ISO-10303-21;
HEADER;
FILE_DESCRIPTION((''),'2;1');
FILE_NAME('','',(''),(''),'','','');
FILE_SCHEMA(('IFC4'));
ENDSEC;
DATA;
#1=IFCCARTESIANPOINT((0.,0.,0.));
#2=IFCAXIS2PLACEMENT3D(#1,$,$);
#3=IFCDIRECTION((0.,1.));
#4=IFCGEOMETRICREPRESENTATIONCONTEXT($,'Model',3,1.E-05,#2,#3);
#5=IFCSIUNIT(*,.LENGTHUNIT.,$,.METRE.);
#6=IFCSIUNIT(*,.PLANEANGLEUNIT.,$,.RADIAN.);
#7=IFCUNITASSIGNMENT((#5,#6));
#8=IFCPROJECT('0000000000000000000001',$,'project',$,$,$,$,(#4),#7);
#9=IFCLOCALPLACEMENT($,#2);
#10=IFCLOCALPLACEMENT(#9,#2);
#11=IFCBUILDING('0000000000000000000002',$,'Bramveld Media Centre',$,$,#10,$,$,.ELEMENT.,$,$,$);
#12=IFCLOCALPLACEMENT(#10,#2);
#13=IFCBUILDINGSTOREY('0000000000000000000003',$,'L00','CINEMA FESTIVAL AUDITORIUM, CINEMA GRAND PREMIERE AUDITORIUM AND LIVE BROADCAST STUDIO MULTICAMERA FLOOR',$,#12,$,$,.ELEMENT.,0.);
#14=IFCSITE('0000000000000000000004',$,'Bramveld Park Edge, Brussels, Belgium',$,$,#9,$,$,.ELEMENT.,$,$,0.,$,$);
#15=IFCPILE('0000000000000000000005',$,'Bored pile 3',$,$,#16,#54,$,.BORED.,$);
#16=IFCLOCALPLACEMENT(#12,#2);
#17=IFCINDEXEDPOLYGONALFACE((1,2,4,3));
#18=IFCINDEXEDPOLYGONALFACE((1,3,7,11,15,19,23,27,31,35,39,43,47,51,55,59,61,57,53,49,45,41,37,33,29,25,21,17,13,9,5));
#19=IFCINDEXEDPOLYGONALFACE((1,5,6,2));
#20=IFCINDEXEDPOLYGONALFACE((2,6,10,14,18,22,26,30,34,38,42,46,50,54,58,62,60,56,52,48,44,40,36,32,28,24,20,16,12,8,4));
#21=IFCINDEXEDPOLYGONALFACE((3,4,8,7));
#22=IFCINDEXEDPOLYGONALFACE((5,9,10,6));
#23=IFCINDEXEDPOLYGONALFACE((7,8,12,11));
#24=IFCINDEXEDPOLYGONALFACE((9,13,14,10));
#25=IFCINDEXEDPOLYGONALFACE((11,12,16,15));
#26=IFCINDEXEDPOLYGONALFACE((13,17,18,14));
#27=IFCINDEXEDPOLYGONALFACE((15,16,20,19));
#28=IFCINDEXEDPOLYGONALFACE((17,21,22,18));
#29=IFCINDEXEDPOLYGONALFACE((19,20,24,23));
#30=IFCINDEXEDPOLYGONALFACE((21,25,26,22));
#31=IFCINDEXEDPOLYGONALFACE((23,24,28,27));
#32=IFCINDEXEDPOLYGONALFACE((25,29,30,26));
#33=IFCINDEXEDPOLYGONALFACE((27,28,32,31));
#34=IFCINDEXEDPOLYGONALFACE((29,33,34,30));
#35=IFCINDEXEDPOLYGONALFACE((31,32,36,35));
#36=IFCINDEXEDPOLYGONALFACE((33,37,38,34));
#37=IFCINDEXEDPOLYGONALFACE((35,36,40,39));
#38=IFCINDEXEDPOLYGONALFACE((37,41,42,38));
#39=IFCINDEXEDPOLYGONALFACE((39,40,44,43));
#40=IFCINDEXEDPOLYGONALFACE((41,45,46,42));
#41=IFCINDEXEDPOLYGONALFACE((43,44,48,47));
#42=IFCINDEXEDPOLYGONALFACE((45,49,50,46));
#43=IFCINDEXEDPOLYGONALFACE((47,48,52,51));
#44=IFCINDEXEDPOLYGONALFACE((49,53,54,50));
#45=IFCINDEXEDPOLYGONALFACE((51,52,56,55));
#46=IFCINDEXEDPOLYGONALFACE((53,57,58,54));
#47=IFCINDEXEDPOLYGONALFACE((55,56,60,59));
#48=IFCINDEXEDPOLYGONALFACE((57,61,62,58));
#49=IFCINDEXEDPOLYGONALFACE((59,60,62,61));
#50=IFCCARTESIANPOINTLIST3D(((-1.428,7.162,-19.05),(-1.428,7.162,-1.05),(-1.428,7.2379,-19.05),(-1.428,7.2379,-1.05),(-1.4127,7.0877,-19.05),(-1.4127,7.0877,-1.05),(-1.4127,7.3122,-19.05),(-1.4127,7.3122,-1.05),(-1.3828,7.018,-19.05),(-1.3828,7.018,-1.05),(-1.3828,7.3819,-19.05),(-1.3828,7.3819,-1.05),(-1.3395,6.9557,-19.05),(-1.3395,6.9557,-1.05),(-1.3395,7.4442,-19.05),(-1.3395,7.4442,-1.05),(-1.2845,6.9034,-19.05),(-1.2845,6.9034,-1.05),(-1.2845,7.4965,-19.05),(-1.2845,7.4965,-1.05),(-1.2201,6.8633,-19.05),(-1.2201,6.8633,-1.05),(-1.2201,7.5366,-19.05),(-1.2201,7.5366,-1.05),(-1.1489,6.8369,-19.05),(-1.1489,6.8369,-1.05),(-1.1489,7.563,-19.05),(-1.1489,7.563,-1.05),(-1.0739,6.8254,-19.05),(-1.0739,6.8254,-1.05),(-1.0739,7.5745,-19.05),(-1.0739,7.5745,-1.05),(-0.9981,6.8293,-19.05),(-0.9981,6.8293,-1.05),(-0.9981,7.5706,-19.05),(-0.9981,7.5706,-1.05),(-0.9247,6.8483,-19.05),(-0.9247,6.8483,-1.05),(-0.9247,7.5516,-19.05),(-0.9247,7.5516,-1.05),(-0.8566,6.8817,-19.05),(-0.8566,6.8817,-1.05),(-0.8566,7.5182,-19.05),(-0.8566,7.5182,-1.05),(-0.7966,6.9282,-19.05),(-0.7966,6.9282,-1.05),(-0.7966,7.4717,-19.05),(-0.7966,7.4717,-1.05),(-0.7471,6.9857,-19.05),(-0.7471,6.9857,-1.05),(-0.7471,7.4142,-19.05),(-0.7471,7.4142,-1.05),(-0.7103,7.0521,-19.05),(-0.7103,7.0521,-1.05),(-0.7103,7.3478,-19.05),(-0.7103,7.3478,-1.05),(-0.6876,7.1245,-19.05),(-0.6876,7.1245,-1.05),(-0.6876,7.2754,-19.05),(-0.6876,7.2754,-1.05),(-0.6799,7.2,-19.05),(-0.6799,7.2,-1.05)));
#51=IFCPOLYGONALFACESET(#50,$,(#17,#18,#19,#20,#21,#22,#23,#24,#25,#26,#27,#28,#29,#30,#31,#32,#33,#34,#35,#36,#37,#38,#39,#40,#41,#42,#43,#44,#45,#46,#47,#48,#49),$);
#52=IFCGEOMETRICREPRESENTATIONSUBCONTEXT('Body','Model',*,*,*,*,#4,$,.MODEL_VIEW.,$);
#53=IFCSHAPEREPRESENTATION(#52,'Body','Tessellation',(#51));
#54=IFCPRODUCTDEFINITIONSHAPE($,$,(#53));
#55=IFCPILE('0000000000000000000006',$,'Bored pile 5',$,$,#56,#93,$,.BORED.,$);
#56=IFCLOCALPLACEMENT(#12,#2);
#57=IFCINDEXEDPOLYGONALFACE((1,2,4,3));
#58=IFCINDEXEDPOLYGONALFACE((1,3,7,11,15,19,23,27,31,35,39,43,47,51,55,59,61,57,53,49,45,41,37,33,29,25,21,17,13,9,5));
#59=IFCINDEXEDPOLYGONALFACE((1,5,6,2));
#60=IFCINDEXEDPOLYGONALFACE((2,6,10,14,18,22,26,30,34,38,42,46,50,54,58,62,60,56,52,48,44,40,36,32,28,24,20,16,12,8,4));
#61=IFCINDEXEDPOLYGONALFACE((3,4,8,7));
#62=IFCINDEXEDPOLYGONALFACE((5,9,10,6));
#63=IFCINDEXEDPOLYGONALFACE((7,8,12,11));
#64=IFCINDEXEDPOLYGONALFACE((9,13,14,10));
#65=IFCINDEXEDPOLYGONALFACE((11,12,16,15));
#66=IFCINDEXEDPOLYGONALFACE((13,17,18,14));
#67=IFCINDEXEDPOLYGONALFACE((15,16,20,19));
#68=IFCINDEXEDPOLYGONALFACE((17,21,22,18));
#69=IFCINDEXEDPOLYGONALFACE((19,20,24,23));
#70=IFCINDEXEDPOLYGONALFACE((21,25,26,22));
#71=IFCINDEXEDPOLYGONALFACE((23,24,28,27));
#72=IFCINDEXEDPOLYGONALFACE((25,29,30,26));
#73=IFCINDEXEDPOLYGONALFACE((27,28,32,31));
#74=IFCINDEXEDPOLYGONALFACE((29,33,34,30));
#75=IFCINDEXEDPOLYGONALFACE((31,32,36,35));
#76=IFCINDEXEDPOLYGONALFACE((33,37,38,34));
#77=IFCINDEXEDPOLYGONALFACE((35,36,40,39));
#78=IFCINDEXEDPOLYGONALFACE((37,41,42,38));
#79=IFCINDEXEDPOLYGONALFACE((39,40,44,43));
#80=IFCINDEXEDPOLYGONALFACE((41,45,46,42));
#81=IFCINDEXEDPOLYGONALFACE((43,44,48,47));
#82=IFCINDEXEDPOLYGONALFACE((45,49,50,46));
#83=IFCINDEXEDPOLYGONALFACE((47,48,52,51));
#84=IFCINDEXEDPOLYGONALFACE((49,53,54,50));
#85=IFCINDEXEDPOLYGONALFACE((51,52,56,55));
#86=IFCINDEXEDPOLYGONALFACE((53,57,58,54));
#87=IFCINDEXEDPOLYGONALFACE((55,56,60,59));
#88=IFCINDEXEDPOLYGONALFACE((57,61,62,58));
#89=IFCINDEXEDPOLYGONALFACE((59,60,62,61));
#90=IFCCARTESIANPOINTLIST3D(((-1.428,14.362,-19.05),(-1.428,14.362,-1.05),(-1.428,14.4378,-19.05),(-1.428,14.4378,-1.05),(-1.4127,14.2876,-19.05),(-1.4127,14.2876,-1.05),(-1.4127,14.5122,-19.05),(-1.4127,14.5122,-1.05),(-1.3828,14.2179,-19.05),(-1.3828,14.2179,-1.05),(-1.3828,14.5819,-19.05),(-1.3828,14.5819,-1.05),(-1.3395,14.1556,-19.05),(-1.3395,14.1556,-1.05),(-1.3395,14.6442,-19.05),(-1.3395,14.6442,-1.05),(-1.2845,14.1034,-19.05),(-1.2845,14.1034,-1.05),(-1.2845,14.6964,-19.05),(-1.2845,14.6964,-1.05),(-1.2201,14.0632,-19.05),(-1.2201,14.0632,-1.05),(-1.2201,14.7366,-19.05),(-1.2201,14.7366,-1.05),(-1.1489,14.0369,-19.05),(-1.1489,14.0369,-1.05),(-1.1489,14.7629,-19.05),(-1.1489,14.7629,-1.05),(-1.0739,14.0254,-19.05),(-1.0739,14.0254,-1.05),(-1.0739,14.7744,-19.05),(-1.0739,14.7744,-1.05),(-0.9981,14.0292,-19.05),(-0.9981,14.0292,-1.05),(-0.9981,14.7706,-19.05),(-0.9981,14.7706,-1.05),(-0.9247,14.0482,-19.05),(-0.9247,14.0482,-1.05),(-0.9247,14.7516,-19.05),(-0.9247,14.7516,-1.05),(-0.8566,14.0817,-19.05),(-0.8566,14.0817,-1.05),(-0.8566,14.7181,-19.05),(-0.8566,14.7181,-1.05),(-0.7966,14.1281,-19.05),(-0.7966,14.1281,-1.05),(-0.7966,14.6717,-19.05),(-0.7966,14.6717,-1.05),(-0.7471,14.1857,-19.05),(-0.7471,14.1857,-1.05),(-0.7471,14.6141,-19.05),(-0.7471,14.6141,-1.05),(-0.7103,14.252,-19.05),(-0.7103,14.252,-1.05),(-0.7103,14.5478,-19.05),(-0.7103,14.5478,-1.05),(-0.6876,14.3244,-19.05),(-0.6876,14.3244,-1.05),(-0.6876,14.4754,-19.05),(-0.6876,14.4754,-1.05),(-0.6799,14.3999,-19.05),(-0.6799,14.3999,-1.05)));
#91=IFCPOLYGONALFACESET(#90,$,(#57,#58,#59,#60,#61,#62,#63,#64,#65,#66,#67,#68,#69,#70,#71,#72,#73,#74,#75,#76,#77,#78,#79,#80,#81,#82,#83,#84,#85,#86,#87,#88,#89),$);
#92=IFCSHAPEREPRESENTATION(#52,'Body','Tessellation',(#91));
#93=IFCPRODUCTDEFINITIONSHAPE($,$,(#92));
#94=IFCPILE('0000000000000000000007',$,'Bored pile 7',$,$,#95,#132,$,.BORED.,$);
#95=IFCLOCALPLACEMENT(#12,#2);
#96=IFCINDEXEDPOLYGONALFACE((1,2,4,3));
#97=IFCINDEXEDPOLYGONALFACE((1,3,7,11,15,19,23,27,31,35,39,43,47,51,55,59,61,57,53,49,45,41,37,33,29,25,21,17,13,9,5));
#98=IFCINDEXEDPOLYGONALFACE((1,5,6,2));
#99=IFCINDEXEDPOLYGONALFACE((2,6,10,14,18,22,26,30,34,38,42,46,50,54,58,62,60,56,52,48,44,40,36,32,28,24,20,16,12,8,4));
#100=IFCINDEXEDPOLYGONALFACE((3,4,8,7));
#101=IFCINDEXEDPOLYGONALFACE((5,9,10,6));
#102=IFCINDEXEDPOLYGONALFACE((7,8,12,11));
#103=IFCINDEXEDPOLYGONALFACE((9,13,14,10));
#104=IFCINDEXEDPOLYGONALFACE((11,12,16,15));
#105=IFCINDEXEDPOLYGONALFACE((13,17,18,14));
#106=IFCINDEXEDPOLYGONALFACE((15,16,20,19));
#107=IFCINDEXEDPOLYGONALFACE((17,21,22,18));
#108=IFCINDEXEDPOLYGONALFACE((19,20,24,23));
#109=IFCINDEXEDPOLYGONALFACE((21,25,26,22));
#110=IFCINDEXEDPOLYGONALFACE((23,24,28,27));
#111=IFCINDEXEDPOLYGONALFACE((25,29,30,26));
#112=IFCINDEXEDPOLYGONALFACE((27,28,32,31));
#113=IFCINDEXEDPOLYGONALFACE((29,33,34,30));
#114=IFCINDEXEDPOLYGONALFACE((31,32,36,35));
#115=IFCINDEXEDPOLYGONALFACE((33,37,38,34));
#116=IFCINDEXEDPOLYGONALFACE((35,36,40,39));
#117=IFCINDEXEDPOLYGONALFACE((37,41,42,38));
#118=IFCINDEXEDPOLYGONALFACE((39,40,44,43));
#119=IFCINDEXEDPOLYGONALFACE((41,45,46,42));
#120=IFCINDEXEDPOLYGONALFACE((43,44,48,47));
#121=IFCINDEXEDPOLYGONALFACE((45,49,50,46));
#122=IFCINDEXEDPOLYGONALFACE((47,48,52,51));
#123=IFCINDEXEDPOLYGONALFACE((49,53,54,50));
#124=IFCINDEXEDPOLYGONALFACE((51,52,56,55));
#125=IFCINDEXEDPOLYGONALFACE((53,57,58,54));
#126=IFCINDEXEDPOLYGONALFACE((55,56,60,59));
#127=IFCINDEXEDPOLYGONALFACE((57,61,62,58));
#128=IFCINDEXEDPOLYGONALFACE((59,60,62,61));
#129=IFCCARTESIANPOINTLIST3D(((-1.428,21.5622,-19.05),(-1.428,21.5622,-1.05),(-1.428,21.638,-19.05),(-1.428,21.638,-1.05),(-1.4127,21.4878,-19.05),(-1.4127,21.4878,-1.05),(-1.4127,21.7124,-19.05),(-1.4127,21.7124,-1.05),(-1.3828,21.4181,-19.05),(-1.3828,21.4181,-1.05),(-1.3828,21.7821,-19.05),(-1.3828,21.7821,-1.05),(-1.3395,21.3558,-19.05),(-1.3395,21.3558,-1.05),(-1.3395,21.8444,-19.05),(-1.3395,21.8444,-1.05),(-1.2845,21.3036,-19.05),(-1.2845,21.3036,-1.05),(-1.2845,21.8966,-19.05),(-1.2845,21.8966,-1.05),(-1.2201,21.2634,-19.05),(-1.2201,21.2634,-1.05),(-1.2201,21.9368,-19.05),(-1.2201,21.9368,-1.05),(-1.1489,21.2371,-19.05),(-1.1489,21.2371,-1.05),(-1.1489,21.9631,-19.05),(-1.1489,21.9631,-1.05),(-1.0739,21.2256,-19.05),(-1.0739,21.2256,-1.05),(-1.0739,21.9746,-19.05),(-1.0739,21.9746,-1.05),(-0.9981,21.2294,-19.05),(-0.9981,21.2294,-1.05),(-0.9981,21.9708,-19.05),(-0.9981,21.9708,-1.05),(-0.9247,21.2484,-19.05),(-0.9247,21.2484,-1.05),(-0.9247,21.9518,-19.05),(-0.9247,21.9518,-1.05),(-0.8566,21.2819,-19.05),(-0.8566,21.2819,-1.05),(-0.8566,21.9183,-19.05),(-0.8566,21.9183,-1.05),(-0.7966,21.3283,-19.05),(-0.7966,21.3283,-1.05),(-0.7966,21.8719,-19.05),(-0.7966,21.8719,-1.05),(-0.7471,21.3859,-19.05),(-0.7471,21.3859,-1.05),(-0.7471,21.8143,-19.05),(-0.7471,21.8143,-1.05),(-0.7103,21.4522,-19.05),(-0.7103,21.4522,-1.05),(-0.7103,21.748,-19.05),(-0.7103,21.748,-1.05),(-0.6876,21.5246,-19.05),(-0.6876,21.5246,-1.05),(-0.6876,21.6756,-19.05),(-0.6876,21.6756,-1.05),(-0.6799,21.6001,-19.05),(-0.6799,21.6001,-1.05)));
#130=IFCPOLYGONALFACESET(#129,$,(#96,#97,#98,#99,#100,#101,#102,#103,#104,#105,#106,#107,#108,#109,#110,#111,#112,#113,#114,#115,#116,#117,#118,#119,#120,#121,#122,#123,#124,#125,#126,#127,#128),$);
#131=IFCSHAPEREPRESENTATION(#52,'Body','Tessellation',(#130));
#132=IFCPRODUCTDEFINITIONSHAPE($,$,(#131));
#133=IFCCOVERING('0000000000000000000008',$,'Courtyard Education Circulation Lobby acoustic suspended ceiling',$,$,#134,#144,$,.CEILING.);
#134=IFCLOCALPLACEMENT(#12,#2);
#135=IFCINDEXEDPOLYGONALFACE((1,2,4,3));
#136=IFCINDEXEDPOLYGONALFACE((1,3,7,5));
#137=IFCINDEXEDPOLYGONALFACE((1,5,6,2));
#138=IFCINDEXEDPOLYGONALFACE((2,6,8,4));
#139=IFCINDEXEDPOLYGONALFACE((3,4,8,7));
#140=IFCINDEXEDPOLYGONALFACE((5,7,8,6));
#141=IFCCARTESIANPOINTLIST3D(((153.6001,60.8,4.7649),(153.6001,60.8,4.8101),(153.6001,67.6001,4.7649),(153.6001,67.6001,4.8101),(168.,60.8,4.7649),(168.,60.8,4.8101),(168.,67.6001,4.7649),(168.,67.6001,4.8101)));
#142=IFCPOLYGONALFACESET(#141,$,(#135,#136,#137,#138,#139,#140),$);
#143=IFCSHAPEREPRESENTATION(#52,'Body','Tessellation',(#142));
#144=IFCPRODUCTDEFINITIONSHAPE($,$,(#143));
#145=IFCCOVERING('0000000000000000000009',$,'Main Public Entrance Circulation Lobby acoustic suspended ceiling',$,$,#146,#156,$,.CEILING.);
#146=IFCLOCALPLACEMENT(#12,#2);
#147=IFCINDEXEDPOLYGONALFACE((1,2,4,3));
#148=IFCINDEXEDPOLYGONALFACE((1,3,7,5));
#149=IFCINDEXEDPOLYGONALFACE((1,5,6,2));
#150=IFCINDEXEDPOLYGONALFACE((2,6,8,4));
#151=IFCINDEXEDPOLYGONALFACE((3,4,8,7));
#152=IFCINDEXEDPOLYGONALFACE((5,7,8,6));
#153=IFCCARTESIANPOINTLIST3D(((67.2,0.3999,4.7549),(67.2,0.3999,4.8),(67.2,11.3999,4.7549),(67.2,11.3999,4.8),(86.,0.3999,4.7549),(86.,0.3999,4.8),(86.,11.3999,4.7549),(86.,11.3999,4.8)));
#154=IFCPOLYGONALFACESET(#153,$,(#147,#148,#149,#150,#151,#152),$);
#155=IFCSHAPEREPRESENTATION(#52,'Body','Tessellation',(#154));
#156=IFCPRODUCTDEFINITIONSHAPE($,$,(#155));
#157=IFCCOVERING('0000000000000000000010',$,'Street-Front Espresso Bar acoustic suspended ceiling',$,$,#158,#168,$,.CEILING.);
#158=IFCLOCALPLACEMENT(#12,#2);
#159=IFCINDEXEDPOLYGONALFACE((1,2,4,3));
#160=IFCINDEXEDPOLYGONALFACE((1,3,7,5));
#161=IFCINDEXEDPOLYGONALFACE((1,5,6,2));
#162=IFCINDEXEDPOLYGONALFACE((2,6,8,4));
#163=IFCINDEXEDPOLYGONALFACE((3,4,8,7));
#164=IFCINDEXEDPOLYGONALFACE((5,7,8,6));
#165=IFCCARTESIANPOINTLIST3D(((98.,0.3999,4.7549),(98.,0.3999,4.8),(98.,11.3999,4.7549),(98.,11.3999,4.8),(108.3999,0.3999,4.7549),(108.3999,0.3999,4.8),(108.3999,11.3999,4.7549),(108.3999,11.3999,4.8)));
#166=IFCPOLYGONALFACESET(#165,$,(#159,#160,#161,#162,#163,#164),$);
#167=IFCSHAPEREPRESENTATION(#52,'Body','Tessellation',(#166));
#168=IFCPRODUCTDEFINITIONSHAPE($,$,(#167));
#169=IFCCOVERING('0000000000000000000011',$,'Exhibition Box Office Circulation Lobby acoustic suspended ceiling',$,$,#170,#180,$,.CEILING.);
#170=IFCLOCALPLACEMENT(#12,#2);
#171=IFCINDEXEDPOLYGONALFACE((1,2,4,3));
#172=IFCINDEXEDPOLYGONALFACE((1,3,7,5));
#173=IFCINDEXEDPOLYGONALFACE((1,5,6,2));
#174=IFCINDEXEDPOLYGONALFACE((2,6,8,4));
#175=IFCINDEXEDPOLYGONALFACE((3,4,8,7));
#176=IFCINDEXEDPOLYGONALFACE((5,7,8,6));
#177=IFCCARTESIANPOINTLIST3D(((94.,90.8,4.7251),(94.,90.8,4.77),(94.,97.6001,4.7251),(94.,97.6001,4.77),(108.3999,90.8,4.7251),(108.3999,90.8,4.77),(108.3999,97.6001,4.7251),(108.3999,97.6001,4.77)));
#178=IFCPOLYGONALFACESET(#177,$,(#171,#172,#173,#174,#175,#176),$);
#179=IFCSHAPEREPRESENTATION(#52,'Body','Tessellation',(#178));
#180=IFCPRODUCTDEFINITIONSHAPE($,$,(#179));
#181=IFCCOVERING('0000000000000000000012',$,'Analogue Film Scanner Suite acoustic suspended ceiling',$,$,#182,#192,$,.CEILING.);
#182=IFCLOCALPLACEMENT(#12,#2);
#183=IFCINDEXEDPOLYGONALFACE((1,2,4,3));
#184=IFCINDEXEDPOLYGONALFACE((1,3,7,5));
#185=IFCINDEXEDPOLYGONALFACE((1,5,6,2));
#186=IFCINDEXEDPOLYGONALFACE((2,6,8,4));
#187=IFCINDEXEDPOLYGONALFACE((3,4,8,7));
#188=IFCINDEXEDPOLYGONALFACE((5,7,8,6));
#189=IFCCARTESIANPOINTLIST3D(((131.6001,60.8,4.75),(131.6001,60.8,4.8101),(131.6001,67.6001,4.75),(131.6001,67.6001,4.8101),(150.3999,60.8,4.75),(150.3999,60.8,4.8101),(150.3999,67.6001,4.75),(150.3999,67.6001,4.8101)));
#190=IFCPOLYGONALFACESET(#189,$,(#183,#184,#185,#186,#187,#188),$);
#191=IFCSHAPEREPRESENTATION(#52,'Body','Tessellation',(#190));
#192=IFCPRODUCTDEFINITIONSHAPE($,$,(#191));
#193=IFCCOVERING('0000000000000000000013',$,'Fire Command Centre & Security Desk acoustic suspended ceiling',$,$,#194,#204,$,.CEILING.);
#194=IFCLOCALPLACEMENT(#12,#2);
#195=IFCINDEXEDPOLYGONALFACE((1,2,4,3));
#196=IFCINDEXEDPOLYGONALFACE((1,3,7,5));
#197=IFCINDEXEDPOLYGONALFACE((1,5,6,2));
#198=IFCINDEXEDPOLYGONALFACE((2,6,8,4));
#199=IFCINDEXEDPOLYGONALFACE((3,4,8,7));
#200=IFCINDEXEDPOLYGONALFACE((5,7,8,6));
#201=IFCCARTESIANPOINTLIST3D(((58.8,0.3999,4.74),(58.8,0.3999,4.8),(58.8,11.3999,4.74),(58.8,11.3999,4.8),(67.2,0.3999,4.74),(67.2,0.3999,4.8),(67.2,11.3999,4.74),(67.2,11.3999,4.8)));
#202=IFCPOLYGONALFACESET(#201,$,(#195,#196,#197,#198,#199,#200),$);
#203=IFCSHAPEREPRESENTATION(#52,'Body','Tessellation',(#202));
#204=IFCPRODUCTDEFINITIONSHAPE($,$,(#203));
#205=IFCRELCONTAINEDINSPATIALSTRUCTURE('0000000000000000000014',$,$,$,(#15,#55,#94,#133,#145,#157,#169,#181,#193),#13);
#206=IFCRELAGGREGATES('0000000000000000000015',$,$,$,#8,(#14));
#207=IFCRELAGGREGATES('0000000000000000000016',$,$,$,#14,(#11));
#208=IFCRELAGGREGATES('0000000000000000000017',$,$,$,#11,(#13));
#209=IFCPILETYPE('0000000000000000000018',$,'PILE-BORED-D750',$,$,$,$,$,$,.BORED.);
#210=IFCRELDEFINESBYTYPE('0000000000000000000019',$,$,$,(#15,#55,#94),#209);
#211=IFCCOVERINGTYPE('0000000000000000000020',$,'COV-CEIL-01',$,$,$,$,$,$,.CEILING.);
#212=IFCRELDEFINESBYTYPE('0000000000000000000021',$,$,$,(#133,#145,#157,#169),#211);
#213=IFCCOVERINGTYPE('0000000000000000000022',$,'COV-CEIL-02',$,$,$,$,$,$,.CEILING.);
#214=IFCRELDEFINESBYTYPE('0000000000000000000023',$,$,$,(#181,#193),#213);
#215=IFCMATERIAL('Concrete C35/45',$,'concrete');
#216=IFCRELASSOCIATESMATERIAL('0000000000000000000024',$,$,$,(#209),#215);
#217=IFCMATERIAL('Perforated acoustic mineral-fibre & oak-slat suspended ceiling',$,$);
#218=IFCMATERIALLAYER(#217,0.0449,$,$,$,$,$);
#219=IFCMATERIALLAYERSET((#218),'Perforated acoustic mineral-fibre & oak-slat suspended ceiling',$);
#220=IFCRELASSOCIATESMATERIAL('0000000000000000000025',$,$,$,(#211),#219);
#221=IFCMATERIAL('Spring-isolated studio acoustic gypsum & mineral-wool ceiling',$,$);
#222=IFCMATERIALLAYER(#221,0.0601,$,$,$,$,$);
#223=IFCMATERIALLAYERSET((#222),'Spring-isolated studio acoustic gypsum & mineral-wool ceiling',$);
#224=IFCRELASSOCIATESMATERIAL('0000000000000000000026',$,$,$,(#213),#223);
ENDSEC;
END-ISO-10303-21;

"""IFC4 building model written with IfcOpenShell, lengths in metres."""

from ifc_helpers import new_model, si_unit, direction, frame, origin, origin_2d, place, context, subcontext, project, spatial, polyline, circle, outline, extrude, material, layer, layer_set, material_profile, profile_set, type_object, element, save


model = new_model("IFC4")

# Units and contexts
model_context = context("Model", 3, precision=1e-05, world=origin(), true_north=direction((0.0, 1.0)))
body_context = subcontext(model_context, "Body", "Model", "MODEL_VIEW")
ifc_project = project(units=[si_unit("LENGTHUNIT", "METRE"), si_unit("PLANEANGLEUNIT", "RADIAN")], contexts=[model_context])

# Site, building, storey
site_placement = place(None, origin())
site = spatial("IfcSite", under=ifc_project, at=site_placement, Name="Bramveld Park Edge, Brussels, Belgium", CompositionType="ELEMENT", RefElevation=0.0)
building_placement = place(site_placement, origin())
building = spatial("IfcBuilding", under=site, at=building_placement, Name="Bramveld Media Centre", CompositionType="ELEMENT")
storey_placement = place(building_placement, origin())
storey = spatial("IfcBuildingStorey", under=building, at=storey_placement, Name="L00", Description="CINEMA FESTIVAL AUDITORIUM, CINEMA GRAND PREMIERE AUDITORIUM AND LIVE BROADCAST STUDIO MULTICAMERA FLOOR", CompositionType="ELEMENT", Elevation=0.0)

# Piles
ifc_material_1 = material(Name="Concrete C35/45", Category="concrete")
ifc_material_profile = material_profile(ifc_material_1, circle(Radius=0.375, at=origin_2d()), Name="BORED D750")
ifc_profile_set = profile_set([ifc_material_profile], Name="Concrete C35/45")
pile_type = type_object("IfcPileType", Name="PILE-BORED-D750", PredefinedType="BORED", material=ifc_profile_set)
for number, where, z_axis, x_axis, name in (
    (1, (-1.0549, 7.2, -1.05), (0.0, 0.0, -1.0), (1.0, 0.0, 0.0), "Bored pile 3"),
    (2, (-1.0549, 14.3999, -1.05), (0.0, 0.0, -1.0), (1.0, 0.0, 0.0), "Bored pile 5"),
    (3, (-1.0549, 21.6001, -1.05), (0.0, 0.0, -1.0), (1.0, 0.0, 0.0), "Bored pile 7"),
):
    element("IfcPile", number, at=place(storey_placement, frame(where, z_axis=z_axis, x_axis=x_axis)), inside=storey, type_object=pile_type, Name=name, PredefinedType="BORED", context=body_context, shape_type="SweptSolid", body=[
        extrude(circle(Radius=0.375, at=origin_2d()), origin(), (0.0, 0.0, 1.0), 18.0),
    ])

# Coverings
ifc_material_2 = material(Name="Perforated acoustic mineral-fibre & oak-slat suspended ceiling")
ifc_layer_1 = layer(ifc_material_2, 0.0449)
ifc_layer_set_1 = layer_set([ifc_layer_1], Name="Perforated acoustic mineral-fibre & oak-slat suspended ceiling")
covering_type_1 = type_object("IfcCoveringType", Name="COV-CEIL-01", PredefinedType="CEILING", material=ifc_layer_set_1)
covering_1_placement = place(storey_placement, frame((0.0, 0.0, 4.7649)))
element("IfcCovering", 4, at=covering_1_placement, inside=storey, type_object=covering_type_1, Name="Courtyard Education Circulation Lobby acoustic suspended ceiling", PredefinedType="CEILING", context=body_context, shape_type="SweptSolid", body=[
    extrude(outline(polyline([(153.6001, 60.8), (168.0, 60.8), (168.0, 67.6001), (153.6001, 67.6001), (153.6001, 60.8)])), origin(), (0.0, 0.0, 1.0), 0.0452),
])
covering_2_placement = place(storey_placement, frame((0.0, 0.0, 4.7549)))
element("IfcCovering", 5, at=covering_2_placement, inside=storey, type_object=covering_type_1, Name="Main Public Entrance Circulation Lobby acoustic suspended ceiling", PredefinedType="CEILING", context=body_context, shape_type="SweptSolid", body=[
    extrude(outline(polyline([(67.2, 0.3999), (86.0, 0.3999), (86.0, 11.3999), (67.2, 11.3999), (67.2, 0.3999)])), origin(), (0.0, 0.0, 1.0), 0.0452),
])
covering_3_placement = place(storey_placement, frame((0.0, 0.0, 4.7549)))
element("IfcCovering", 6, at=covering_3_placement, inside=storey, type_object=covering_type_1, Name="Street-Front Espresso Bar acoustic suspended ceiling", PredefinedType="CEILING", context=body_context, shape_type="SweptSolid", body=[
    extrude(outline(polyline([(98.0, 0.3999), (108.3999, 0.3999), (108.3999, 11.3999), (98.0, 11.3999), (98.0, 0.3999)])), origin(), (0.0, 0.0, 1.0), 0.0452),
])
covering_4_placement = place(storey_placement, frame((0.0, 0.0, 4.7251)))
element("IfcCovering", 7, at=covering_4_placement, inside=storey, type_object=covering_type_1, Name="Exhibition Box Office Circulation Lobby acoustic suspended ceiling", PredefinedType="CEILING", context=body_context, shape_type="SweptSolid", body=[
    extrude(outline(polyline([(94.0, 90.8), (108.3999, 90.8), (108.3999, 97.6001), (94.0, 97.6001), (94.0, 90.8)])), origin(), (0.0, 0.0, 1.0), 0.0449),
])
ifc_material_3 = material(Name="Spring-isolated studio acoustic gypsum & mineral-wool ceiling")
ifc_layer_2 = layer(ifc_material_3, 0.0601)
ifc_layer_set_2 = layer_set([ifc_layer_2], Name="Spring-isolated studio acoustic gypsum & mineral-wool ceiling")
covering_type_2 = type_object("IfcCoveringType", Name="COV-CEIL-02", PredefinedType="CEILING", material=ifc_layer_set_2)
covering_5_placement = place(storey_placement, frame((0.0, 0.0, 4.75)))
element("IfcCovering", 8, at=covering_5_placement, inside=storey, type_object=covering_type_2, Name="Analogue Film Scanner Suite acoustic suspended ceiling", PredefinedType="CEILING", context=body_context, shape_type="SweptSolid", body=[
    extrude(outline(polyline([(131.6001, 60.8), (150.3999, 60.8), (150.3999, 67.6001), (131.6001, 67.6001), (131.6001, 60.8)])), origin(), (0.0, 0.0, 1.0), 0.0601),
])
covering_6_placement = place(storey_placement, frame((0.0, 0.0, 4.74)))
element("IfcCovering", 9, at=covering_6_placement, inside=storey, type_object=covering_type_2, Name="Fire Command Centre & Security Desk acoustic suspended ceiling", PredefinedType="CEILING", context=body_context, shape_type="SweptSolid", body=[
    extrude(outline(polyline([(58.8, 0.3999), (67.2, 0.3999), (67.2, 11.3999), (58.8, 11.3999), (58.8, 0.3999)])), origin(), (0.0, 0.0, 1.0), 0.0601),
])

save(model, "model.ifc")
